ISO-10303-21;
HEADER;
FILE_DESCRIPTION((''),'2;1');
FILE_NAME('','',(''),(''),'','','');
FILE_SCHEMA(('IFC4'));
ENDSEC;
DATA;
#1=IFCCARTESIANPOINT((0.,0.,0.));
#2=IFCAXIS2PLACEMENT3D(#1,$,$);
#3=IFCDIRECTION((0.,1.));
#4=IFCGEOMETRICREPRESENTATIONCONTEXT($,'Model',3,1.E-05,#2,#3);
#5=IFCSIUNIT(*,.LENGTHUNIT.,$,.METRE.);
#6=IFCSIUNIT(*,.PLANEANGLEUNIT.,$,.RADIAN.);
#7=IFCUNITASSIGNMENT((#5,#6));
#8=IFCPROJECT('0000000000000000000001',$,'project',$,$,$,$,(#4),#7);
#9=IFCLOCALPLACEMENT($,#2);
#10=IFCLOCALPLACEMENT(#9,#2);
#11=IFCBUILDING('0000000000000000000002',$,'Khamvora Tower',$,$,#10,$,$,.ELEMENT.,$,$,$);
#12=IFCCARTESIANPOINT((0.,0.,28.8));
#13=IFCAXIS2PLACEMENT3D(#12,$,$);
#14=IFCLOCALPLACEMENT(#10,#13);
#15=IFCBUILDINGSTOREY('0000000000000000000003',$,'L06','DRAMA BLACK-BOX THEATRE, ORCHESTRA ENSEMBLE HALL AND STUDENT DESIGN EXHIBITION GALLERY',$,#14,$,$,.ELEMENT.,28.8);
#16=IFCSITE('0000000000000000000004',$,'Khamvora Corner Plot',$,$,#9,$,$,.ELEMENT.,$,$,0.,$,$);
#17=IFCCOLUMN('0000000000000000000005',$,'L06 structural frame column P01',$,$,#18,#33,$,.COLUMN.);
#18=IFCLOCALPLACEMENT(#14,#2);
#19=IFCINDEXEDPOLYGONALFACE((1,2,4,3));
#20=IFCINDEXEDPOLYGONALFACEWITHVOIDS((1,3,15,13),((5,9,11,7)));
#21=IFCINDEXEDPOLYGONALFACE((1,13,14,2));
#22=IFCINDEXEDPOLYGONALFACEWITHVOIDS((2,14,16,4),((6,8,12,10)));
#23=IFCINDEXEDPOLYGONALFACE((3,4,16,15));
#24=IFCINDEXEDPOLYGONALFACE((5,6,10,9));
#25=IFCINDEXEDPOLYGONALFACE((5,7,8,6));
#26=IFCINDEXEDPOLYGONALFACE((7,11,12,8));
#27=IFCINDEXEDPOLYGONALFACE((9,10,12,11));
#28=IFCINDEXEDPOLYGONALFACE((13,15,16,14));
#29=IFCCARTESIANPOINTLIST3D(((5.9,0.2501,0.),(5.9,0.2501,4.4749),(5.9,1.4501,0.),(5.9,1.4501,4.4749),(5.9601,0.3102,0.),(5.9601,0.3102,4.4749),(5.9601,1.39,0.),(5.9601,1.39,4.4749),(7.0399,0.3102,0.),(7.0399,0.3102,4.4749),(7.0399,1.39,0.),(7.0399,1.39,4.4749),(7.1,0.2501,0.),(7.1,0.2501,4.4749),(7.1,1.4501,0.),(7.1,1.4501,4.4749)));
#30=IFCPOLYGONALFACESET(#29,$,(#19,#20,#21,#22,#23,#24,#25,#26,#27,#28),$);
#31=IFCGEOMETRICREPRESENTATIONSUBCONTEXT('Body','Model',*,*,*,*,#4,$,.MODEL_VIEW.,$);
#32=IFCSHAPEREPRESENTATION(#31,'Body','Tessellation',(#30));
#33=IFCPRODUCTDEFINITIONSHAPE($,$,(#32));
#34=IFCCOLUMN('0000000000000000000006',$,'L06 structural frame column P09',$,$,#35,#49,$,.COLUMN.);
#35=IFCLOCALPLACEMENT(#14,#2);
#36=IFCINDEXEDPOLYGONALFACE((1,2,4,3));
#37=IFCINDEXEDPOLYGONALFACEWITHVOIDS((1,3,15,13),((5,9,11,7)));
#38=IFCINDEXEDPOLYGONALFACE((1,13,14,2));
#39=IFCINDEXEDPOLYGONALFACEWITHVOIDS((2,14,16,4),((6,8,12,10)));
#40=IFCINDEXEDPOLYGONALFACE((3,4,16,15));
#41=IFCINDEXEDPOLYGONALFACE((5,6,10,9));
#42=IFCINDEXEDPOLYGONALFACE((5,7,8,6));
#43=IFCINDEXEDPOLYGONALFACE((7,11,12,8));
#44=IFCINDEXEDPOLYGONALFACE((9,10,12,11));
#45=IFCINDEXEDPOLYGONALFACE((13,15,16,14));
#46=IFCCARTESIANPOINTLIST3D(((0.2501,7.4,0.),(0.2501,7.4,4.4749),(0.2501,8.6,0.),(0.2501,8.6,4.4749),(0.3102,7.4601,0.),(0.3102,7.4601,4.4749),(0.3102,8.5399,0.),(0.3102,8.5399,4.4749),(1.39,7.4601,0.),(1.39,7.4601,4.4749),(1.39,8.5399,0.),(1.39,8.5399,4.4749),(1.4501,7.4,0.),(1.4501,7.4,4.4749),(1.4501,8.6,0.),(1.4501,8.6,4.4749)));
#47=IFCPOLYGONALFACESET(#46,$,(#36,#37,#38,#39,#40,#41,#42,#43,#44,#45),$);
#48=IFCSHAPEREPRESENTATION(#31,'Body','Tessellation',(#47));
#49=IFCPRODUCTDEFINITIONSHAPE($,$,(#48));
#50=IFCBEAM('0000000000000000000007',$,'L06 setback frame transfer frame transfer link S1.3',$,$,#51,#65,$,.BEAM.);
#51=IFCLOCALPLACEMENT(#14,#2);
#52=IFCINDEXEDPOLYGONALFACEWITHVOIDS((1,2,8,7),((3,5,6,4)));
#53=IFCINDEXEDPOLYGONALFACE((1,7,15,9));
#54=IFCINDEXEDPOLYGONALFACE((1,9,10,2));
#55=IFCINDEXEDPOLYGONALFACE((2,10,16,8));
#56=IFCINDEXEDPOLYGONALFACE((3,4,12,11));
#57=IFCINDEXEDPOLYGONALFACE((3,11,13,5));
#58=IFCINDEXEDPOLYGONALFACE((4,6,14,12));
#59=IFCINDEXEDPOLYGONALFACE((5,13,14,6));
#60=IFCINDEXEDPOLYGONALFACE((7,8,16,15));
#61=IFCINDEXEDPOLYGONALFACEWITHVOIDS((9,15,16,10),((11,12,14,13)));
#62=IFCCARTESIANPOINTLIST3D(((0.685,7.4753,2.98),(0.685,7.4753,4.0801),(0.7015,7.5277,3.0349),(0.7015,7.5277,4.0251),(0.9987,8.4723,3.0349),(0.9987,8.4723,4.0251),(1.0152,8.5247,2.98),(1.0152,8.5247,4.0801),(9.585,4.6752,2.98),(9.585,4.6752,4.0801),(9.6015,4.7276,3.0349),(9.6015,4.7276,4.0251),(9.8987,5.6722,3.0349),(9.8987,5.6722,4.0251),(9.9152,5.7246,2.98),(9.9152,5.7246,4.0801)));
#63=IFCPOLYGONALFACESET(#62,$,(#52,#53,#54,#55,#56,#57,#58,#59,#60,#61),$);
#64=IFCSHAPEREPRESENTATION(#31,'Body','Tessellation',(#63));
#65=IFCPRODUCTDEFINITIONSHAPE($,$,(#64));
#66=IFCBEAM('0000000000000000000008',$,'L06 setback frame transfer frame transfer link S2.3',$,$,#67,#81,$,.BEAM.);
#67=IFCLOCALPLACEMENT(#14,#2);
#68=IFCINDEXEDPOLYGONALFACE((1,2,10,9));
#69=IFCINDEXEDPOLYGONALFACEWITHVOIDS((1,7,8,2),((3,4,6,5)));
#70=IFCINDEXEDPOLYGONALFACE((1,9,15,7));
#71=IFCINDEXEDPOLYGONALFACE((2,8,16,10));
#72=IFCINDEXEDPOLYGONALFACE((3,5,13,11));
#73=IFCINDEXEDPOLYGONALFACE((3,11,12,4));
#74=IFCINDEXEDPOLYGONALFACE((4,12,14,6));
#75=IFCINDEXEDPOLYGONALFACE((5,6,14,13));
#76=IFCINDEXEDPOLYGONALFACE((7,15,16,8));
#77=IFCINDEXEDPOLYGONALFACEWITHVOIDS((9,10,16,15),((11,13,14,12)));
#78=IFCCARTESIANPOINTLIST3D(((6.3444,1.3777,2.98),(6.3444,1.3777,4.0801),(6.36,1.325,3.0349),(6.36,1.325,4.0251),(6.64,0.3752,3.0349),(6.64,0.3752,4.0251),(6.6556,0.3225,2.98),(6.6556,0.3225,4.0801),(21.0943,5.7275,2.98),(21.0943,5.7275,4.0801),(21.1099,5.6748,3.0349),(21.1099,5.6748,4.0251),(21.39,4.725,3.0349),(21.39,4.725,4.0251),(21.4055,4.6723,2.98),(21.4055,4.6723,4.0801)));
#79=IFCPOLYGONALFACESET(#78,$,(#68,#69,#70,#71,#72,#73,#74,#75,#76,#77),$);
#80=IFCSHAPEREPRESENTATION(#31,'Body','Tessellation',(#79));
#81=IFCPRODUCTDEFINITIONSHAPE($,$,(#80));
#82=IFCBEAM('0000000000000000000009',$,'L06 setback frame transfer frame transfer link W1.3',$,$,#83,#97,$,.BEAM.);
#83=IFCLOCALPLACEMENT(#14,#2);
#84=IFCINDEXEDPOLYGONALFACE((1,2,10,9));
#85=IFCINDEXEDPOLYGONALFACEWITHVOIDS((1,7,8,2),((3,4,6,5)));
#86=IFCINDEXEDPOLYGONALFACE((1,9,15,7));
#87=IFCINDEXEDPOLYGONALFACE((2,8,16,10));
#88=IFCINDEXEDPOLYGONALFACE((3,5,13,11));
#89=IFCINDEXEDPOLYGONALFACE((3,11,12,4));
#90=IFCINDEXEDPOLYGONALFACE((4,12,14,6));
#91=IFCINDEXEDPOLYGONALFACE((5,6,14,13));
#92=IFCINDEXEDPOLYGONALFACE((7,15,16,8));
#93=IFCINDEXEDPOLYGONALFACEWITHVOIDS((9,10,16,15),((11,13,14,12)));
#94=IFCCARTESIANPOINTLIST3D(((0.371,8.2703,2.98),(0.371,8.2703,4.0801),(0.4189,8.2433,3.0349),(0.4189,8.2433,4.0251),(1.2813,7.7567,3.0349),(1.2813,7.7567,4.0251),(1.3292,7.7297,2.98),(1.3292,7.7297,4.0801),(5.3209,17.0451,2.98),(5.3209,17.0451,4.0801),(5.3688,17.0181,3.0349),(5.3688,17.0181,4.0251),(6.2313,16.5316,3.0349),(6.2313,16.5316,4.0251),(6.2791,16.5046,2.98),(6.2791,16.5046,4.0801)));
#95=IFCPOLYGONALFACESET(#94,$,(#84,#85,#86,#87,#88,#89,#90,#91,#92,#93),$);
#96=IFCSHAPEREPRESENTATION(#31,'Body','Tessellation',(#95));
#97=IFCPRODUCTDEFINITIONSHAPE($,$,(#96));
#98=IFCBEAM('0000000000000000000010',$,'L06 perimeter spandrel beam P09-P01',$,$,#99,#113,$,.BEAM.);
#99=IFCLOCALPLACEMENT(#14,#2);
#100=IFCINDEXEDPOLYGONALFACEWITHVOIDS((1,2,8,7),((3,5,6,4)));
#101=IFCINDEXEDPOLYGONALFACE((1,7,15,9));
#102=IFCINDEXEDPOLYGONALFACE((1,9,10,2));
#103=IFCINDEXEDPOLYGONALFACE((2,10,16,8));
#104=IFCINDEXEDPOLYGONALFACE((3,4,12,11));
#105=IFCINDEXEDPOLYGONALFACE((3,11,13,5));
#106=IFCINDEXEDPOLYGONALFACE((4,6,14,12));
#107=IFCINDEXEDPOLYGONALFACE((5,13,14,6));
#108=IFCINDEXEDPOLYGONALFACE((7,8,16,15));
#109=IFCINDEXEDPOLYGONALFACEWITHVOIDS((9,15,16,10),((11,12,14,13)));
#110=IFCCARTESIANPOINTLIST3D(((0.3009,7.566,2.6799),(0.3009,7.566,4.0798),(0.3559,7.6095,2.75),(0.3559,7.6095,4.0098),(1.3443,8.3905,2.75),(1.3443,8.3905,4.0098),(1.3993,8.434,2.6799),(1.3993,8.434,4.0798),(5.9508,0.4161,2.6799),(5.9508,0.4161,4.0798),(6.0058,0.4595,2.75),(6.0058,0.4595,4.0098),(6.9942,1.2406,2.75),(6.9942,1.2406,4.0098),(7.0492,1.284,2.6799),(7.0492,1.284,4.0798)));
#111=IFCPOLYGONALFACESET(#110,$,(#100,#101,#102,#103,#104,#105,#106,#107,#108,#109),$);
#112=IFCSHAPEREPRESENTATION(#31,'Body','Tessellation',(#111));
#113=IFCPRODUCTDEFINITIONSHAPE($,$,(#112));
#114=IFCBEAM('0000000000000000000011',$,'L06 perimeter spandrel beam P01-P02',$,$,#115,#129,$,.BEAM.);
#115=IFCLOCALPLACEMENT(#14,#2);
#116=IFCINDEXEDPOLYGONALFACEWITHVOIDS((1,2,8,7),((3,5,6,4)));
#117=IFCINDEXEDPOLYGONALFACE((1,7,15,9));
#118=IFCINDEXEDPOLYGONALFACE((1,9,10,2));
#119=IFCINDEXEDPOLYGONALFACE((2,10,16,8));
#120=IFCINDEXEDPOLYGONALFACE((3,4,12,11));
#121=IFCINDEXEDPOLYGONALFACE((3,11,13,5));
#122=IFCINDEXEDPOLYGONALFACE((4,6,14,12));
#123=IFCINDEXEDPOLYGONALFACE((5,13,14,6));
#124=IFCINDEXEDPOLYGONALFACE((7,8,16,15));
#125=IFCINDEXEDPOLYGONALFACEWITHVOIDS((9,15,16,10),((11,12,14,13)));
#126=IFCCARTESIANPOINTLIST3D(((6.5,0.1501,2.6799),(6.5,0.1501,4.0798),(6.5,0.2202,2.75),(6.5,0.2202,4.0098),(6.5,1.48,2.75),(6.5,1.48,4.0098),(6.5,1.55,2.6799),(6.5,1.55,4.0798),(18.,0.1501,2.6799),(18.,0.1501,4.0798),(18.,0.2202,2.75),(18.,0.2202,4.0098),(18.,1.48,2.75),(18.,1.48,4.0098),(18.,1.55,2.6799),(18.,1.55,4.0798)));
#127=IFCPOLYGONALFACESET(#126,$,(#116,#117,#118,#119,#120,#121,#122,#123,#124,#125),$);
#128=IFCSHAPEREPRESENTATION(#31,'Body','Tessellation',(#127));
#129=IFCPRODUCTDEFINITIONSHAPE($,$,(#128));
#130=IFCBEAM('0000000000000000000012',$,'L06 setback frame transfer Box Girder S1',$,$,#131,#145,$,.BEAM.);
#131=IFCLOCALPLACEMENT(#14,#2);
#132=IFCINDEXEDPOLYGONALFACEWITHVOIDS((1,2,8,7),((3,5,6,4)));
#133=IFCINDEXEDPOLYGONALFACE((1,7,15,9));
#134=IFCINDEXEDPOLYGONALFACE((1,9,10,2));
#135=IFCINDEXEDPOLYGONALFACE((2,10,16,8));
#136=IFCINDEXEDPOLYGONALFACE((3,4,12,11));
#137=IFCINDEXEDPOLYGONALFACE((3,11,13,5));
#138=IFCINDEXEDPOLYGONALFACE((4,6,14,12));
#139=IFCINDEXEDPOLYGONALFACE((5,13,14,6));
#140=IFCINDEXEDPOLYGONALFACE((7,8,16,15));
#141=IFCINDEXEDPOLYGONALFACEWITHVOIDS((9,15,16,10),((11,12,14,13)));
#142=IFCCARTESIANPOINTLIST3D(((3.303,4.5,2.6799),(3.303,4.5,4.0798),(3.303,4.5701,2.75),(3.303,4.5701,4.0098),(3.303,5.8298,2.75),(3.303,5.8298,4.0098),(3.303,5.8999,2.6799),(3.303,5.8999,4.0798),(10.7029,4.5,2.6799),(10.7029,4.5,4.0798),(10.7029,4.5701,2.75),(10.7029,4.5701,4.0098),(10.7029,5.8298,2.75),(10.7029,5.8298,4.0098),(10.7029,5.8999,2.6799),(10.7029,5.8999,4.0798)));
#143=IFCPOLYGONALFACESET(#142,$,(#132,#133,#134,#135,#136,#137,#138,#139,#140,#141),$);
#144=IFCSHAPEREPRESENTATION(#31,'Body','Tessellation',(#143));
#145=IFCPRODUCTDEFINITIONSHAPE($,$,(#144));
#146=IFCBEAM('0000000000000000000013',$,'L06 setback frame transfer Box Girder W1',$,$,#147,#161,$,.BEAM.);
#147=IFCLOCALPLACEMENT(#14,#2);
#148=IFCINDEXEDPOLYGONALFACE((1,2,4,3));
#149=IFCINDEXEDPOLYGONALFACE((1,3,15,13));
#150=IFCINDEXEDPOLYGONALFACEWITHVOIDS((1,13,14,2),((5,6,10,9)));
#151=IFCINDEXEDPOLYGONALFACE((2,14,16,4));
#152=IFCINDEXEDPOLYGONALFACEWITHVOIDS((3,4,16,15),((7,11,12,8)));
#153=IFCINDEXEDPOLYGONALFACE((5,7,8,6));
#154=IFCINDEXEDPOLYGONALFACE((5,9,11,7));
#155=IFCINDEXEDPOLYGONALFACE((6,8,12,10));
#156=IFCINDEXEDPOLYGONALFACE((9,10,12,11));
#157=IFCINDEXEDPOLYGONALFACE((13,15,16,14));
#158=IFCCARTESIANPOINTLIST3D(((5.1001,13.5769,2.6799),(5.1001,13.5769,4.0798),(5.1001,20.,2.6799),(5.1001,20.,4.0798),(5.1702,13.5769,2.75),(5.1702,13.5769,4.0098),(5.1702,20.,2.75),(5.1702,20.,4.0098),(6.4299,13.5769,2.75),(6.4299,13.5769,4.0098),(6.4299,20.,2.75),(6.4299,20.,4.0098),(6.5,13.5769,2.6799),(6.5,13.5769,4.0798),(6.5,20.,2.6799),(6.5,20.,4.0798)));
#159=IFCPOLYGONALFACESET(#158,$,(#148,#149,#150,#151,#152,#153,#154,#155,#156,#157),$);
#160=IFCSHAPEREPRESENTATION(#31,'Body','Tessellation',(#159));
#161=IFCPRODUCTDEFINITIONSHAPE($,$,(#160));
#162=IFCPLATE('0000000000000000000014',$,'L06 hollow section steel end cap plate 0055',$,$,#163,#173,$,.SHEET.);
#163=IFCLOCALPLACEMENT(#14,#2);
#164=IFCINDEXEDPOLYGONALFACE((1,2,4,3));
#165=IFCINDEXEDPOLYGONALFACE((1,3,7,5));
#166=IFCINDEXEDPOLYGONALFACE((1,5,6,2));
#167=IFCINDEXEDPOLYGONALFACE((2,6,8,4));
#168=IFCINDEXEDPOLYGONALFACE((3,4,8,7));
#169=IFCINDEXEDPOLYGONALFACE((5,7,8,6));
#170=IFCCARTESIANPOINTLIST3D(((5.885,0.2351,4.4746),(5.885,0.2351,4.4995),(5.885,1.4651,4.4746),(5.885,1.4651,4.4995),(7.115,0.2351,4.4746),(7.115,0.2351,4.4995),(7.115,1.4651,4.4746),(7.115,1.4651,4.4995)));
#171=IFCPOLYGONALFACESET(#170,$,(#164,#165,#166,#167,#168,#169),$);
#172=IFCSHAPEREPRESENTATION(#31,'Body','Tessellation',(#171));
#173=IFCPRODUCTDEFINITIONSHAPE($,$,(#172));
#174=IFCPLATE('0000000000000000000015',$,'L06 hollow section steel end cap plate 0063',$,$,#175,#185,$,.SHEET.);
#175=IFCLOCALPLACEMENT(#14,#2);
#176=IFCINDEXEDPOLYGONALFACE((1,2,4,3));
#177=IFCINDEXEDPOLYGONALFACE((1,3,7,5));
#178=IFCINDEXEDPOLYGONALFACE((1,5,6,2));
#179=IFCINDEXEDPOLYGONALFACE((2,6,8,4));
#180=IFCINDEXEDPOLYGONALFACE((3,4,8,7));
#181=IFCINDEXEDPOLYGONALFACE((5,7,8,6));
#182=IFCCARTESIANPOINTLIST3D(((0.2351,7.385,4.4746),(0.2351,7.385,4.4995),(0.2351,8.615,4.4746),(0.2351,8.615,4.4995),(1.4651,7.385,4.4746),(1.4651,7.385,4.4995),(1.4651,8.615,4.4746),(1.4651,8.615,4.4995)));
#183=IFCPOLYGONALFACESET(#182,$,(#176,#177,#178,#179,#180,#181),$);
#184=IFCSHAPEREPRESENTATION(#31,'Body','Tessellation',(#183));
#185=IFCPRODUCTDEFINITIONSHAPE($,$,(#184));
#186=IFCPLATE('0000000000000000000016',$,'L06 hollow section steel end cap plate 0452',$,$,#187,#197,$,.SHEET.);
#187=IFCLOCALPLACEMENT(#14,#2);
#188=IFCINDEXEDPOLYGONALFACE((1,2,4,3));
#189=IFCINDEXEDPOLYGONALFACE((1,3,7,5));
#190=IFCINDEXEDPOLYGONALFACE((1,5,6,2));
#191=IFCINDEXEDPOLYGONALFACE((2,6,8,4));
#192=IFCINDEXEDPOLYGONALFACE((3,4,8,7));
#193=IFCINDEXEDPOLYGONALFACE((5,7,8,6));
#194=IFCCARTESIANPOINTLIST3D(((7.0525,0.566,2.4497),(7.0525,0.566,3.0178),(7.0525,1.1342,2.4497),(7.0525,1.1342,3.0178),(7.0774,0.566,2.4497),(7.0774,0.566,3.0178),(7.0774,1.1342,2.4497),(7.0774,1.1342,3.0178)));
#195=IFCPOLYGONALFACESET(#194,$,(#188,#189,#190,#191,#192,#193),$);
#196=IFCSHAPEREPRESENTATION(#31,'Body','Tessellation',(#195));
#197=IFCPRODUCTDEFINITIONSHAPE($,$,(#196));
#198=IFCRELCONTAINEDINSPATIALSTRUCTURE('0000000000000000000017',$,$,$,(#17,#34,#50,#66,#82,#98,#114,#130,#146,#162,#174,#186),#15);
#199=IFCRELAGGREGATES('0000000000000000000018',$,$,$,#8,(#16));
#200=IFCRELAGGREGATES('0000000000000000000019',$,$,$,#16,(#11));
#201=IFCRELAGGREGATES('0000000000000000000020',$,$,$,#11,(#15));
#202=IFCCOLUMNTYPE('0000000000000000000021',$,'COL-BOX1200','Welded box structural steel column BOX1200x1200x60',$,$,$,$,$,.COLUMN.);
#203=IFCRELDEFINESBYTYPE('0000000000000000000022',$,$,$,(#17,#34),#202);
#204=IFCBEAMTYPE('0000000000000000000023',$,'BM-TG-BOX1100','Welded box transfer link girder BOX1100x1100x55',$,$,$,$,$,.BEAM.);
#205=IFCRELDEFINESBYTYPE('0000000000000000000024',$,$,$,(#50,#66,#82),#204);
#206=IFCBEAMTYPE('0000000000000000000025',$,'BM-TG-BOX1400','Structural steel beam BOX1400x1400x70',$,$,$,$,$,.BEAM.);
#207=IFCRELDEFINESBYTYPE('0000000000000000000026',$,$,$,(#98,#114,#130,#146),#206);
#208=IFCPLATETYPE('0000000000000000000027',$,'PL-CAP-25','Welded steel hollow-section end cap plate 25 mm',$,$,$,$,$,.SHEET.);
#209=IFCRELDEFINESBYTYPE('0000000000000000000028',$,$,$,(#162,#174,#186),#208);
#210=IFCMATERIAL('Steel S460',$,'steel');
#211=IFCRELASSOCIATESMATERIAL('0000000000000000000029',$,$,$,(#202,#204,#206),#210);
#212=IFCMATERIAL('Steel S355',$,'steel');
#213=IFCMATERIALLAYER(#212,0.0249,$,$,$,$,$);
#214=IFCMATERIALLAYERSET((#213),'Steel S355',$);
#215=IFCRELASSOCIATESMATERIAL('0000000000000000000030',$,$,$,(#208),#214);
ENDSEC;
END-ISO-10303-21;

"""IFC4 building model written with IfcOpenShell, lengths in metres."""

from ifc_helpers import new_model, si_unit, direction, frame, origin, origin_2d, place, context, subcontext, project, spatial, rectangle, hollow_rectangle, extrude, material, layer, layer_set, material_profile, profile_set, type_object, element, save


model = new_model("IFC4")

# Units and contexts
model_context = context("Model", 3, precision=1e-05, world=origin(), true_north=direction((0.0, 1.0)))
body_context = subcontext(model_context, "Body", "Model", "MODEL_VIEW")
ifc_project = project(units=[si_unit("LENGTHUNIT", "METRE"), si_unit("PLANEANGLEUNIT", "RADIAN")], contexts=[model_context])

# Site, building, storey
site_placement = place(None, origin())
site = spatial("IfcSite", under=ifc_project, at=site_placement, Name="Khamvora Corner Plot", CompositionType="ELEMENT", RefElevation=0.0)
building_placement = place(site_placement, origin())
building = spatial("IfcBuilding", under=site, at=building_placement, Name="Khamvora Tower", CompositionType="ELEMENT")
storey_placement = place(building_placement, frame((0.0, 0.0, 28.8)))
storey = spatial("IfcBuildingStorey", under=building, at=storey_placement, Name="L06", Description="DRAMA BLACK-BOX THEATRE, ORCHESTRA ENSEMBLE HALL AND STUDENT DESIGN EXHIBITION GALLERY", CompositionType="ELEMENT", Elevation=28.8)

# Columns
ifc_material_1 = material(Name="Steel S460", Category="steel")
ifc_material_profile_1 = material_profile(ifc_material_1, hollow_rectangle(XDim=1.2, YDim=1.2, WallThickness=0.0601, at=origin_2d()), Name="BOX1200x1200x60")
ifc_profile_set_1 = profile_set([ifc_material_profile_1], Name="Steel S460")
column_type = type_object("IfcColumnType", Name="COL-BOX1200", Description="Welded box structural steel column BOX1200x1200x60", PredefinedType="COLUMN", material=ifc_profile_set_1)
for number, where, z_axis, x_axis, name in (
    (1, (6.5, 0.8501, 0.0), (0.0, 0.0, 1.0), (1.0, 0.0, 0.0), "L06 structural frame column P01"),
    (2, (0.8501, 8.0, 0.0), (0.0, 0.0, 1.0), (1.0, 0.0, 0.0), "L06 structural frame column P09"),
):
    element("IfcColumn", number, at=place(storey_placement, frame(where, z_axis=z_axis, x_axis=x_axis)), inside=storey, type_object=column_type, Name=name, PredefinedType="COLUMN", context=body_context, shape_type="SweptSolid", body=[
        extrude(hollow_rectangle(XDim=1.2, YDim=1.2, WallThickness=0.0601, at=origin_2d()), origin(), (0.0, 0.0, 1.0), 4.4749),
    ])

# Beams
ifc_material_profile_2 = material_profile(ifc_material_1, hollow_rectangle(XDim=1.1001, YDim=1.1001, WallThickness=0.0549, at=origin_2d()), Name="BOX1100x1100x55")
ifc_profile_set_2 = profile_set([ifc_material_profile_2], Name="Steel S460")
beam_type_1 = type_object("IfcBeamType", Name="BM-TG-BOX1100", Description="Welded box transfer link girder BOX1100x1100x55", PredefinedType="BEAM", material=ifc_profile_set_2)
beam_1_placement = place(storey_placement, frame((0.8501, 8.0, 3.53), z_axis=(0.953904, -0.300113, 0.0), x_axis=(0.300113, 0.953904, 0.0)))
element("IfcBeam", 3, at=beam_1_placement, inside=storey, type_object=beam_type_1, Name="L06 setback frame transfer frame transfer link S1.3", PredefinedType="BEAM", context=body_context, shape_type="SweptSolid", body=[
    extrude(hollow_rectangle(XDim=1.1001, YDim=1.1001, WallThickness=0.0549, at=origin_2d()), origin(), (0.0, 0.0, 1.0), 9.3301),
])
beam_2_placement = place(storey_placement, frame((6.5, 0.8501, 3.53), z_axis=(0.959161, 0.282862, 0.0), x_axis=(-0.282862, 0.959161, 0.0)))
element("IfcBeam", 4, at=beam_2_placement, inside=storey, type_object=beam_type_1, Name="L06 setback frame transfer frame transfer link S2.3", PredefinedType="BEAM", context=body_context, shape_type="SweptSolid", body=[
    extrude(hollow_rectangle(XDim=1.1001, YDim=1.1001, WallThickness=0.0549, at=origin_2d()), origin(), (0.0, 0.0, 1.0), 15.3779),
])
beam_3_placement = place(storey_placement, frame((0.8501, 8.0, 3.53), z_axis=(0.491322, 0.870978, 0.0), x_axis=(-0.870978, 0.491322, 0.0)))
element("IfcBeam", 5, at=beam_3_placement, inside=storey, type_object=beam_type_1, Name="L06 setback frame transfer frame transfer link W1.3", PredefinedType="BEAM", context=body_context, shape_type="SweptSolid", body=[
    extrude(hollow_rectangle(XDim=1.1001, YDim=1.1001, WallThickness=0.0549, at=origin_2d()), origin(), (0.0, 0.0, 1.0), 10.0747),
])
ifc_material_profile_3 = material_profile(ifc_material_1, hollow_rectangle(XDim=1.3999, YDim=1.3999, WallThickness=0.0701, at=origin_2d()), Name="BOX1400x1400x70")
ifc_profile_set_3 = profile_set([ifc_material_profile_3], Name="Steel S460")
beam_type_2 = type_object("IfcBeamType", Name="BM-TG-BOX1400", Description="Structural steel beam BOX1400x1400x70", PredefinedType="BEAM", material=ifc_profile_set_3)
beam_4_placement = place(storey_placement, frame((0.8501, 8.0, 3.3799), z_axis=(0.619999, -0.784603, 0.0), x_axis=(0.784603, 0.619999, 0.0)))
element("IfcBeam", 6, at=beam_4_placement, inside=storey, type_object=beam_type_2, Name="L06 perimeter spandrel beam P09-P01", PredefinedType="BEAM", context=body_context, shape_type="SweptSolid", body=[
    extrude(hollow_rectangle(XDim=1.3999, YDim=1.3999, WallThickness=0.0701, at=origin_2d()), origin(), (0.0, 0.0, 1.0), 9.1128),
])
beam_5_placement = place(storey_placement, frame((6.5, 0.8501, 3.3799), z_axis=(1.0, 0.0, 0.0), x_axis=(0.0, 1.0, 0.0)))
element("IfcBeam", 7, at=beam_5_placement, inside=storey, type_object=beam_type_2, Name="L06 perimeter spandrel beam P01-P02", PredefinedType="BEAM", context=body_context, shape_type="SweptSolid", body=[
    extrude(hollow_rectangle(XDim=1.3999, YDim=1.3999, WallThickness=0.0701, at=origin_2d()), origin(), (0.0, 0.0, 1.0), 11.5),
])
beam_6_placement = place(storey_placement, frame((3.303, 5.2, 3.3799), z_axis=(1.0, 0.0, 0.0), x_axis=(0.0, 1.0, 0.0)))
element("IfcBeam", 8, at=beam_6_placement, inside=storey, type_object=beam_type_2, Name="L06 setback frame transfer Box Girder S1", PredefinedType="BEAM", context=body_context, shape_type="SweptSolid", body=[
    extrude(hollow_rectangle(XDim=1.3999, YDim=1.3999, WallThickness=0.0701, at=origin_2d()), origin(), (0.0, 0.0, 1.0), 7.3999),
])
beam_7_placement = place(storey_placement, frame((5.8, 13.5769, 3.3799), z_axis=(0.0, 1.0, 0.0), x_axis=(-1.0, 0.0, 0.0)))
element("IfcBeam", 9, at=beam_7_placement, inside=storey, type_object=beam_type_2, Name="L06 setback frame transfer Box Girder W1", PredefinedType="BEAM", context=body_context, shape_type="SweptSolid", body=[
    extrude(hollow_rectangle(XDim=1.3999, YDim=1.3999, WallThickness=0.0701, at=origin_2d()), origin(), (0.0, 0.0, 1.0), 6.4231),
])

# Plates
ifc_material_2 = material(Name="Steel S355", Category="steel")
ifc_layer_1 = layer(ifc_material_2, 0.0249)
ifc_layer_set_1 = layer_set([ifc_layer_1], Name="Steel S355")
plate_type = type_object("IfcPlateType", Name="PL-CAP-25", Description="Welded steel hollow-section end cap plate 25 mm", PredefinedType="SHEET", material=ifc_layer_set_1)
for number, where, z_axis, x_axis, name in (
    (10, (6.5, 0.8501, 4.4746), (0.0, 0.0, 1.0), (1.0, 0.0, 0.0), "L06 hollow section steel end cap plate 0055"),
    (11, (0.8501, 8.0, 4.4746), (0.0, 0.0, 1.0), (1.0, 0.0, 0.0), "L06 hollow section steel end cap plate 0063"),
):
    element("IfcPlate", number, at=place(storey_placement, frame(where, z_axis=z_axis, x_axis=x_axis)), inside=storey, type_object=plate_type, Name=name, PredefinedType="SHEET", context=body_context, shape_type="SweptSolid", body=[
        extrude(rectangle(XDim=1.23, YDim=1.23, at=origin_2d()), origin(), (0.0, 0.0, 1.0), 0.0249),
    ])
plate_placement = place(storey_placement, frame((7.0649, 0.8501, 2.4497), z_axis=(0.0, 0.0, 1.0), x_axis=(1.0, 0.0, 0.0)))
element("IfcPlate", 12, at=plate_placement, inside=storey, type_object=plate_type, Name="L06 hollow section steel end cap plate 0452", PredefinedType="SHEET", context=body_context, shape_type="SweptSolid", body=[
    extrude(rectangle(XDim=0.0249, YDim=0.5681, at=origin_2d()), origin(), (0.0, 0.0, 1.0), 0.5681),
])

save(model, "model.ifc")
